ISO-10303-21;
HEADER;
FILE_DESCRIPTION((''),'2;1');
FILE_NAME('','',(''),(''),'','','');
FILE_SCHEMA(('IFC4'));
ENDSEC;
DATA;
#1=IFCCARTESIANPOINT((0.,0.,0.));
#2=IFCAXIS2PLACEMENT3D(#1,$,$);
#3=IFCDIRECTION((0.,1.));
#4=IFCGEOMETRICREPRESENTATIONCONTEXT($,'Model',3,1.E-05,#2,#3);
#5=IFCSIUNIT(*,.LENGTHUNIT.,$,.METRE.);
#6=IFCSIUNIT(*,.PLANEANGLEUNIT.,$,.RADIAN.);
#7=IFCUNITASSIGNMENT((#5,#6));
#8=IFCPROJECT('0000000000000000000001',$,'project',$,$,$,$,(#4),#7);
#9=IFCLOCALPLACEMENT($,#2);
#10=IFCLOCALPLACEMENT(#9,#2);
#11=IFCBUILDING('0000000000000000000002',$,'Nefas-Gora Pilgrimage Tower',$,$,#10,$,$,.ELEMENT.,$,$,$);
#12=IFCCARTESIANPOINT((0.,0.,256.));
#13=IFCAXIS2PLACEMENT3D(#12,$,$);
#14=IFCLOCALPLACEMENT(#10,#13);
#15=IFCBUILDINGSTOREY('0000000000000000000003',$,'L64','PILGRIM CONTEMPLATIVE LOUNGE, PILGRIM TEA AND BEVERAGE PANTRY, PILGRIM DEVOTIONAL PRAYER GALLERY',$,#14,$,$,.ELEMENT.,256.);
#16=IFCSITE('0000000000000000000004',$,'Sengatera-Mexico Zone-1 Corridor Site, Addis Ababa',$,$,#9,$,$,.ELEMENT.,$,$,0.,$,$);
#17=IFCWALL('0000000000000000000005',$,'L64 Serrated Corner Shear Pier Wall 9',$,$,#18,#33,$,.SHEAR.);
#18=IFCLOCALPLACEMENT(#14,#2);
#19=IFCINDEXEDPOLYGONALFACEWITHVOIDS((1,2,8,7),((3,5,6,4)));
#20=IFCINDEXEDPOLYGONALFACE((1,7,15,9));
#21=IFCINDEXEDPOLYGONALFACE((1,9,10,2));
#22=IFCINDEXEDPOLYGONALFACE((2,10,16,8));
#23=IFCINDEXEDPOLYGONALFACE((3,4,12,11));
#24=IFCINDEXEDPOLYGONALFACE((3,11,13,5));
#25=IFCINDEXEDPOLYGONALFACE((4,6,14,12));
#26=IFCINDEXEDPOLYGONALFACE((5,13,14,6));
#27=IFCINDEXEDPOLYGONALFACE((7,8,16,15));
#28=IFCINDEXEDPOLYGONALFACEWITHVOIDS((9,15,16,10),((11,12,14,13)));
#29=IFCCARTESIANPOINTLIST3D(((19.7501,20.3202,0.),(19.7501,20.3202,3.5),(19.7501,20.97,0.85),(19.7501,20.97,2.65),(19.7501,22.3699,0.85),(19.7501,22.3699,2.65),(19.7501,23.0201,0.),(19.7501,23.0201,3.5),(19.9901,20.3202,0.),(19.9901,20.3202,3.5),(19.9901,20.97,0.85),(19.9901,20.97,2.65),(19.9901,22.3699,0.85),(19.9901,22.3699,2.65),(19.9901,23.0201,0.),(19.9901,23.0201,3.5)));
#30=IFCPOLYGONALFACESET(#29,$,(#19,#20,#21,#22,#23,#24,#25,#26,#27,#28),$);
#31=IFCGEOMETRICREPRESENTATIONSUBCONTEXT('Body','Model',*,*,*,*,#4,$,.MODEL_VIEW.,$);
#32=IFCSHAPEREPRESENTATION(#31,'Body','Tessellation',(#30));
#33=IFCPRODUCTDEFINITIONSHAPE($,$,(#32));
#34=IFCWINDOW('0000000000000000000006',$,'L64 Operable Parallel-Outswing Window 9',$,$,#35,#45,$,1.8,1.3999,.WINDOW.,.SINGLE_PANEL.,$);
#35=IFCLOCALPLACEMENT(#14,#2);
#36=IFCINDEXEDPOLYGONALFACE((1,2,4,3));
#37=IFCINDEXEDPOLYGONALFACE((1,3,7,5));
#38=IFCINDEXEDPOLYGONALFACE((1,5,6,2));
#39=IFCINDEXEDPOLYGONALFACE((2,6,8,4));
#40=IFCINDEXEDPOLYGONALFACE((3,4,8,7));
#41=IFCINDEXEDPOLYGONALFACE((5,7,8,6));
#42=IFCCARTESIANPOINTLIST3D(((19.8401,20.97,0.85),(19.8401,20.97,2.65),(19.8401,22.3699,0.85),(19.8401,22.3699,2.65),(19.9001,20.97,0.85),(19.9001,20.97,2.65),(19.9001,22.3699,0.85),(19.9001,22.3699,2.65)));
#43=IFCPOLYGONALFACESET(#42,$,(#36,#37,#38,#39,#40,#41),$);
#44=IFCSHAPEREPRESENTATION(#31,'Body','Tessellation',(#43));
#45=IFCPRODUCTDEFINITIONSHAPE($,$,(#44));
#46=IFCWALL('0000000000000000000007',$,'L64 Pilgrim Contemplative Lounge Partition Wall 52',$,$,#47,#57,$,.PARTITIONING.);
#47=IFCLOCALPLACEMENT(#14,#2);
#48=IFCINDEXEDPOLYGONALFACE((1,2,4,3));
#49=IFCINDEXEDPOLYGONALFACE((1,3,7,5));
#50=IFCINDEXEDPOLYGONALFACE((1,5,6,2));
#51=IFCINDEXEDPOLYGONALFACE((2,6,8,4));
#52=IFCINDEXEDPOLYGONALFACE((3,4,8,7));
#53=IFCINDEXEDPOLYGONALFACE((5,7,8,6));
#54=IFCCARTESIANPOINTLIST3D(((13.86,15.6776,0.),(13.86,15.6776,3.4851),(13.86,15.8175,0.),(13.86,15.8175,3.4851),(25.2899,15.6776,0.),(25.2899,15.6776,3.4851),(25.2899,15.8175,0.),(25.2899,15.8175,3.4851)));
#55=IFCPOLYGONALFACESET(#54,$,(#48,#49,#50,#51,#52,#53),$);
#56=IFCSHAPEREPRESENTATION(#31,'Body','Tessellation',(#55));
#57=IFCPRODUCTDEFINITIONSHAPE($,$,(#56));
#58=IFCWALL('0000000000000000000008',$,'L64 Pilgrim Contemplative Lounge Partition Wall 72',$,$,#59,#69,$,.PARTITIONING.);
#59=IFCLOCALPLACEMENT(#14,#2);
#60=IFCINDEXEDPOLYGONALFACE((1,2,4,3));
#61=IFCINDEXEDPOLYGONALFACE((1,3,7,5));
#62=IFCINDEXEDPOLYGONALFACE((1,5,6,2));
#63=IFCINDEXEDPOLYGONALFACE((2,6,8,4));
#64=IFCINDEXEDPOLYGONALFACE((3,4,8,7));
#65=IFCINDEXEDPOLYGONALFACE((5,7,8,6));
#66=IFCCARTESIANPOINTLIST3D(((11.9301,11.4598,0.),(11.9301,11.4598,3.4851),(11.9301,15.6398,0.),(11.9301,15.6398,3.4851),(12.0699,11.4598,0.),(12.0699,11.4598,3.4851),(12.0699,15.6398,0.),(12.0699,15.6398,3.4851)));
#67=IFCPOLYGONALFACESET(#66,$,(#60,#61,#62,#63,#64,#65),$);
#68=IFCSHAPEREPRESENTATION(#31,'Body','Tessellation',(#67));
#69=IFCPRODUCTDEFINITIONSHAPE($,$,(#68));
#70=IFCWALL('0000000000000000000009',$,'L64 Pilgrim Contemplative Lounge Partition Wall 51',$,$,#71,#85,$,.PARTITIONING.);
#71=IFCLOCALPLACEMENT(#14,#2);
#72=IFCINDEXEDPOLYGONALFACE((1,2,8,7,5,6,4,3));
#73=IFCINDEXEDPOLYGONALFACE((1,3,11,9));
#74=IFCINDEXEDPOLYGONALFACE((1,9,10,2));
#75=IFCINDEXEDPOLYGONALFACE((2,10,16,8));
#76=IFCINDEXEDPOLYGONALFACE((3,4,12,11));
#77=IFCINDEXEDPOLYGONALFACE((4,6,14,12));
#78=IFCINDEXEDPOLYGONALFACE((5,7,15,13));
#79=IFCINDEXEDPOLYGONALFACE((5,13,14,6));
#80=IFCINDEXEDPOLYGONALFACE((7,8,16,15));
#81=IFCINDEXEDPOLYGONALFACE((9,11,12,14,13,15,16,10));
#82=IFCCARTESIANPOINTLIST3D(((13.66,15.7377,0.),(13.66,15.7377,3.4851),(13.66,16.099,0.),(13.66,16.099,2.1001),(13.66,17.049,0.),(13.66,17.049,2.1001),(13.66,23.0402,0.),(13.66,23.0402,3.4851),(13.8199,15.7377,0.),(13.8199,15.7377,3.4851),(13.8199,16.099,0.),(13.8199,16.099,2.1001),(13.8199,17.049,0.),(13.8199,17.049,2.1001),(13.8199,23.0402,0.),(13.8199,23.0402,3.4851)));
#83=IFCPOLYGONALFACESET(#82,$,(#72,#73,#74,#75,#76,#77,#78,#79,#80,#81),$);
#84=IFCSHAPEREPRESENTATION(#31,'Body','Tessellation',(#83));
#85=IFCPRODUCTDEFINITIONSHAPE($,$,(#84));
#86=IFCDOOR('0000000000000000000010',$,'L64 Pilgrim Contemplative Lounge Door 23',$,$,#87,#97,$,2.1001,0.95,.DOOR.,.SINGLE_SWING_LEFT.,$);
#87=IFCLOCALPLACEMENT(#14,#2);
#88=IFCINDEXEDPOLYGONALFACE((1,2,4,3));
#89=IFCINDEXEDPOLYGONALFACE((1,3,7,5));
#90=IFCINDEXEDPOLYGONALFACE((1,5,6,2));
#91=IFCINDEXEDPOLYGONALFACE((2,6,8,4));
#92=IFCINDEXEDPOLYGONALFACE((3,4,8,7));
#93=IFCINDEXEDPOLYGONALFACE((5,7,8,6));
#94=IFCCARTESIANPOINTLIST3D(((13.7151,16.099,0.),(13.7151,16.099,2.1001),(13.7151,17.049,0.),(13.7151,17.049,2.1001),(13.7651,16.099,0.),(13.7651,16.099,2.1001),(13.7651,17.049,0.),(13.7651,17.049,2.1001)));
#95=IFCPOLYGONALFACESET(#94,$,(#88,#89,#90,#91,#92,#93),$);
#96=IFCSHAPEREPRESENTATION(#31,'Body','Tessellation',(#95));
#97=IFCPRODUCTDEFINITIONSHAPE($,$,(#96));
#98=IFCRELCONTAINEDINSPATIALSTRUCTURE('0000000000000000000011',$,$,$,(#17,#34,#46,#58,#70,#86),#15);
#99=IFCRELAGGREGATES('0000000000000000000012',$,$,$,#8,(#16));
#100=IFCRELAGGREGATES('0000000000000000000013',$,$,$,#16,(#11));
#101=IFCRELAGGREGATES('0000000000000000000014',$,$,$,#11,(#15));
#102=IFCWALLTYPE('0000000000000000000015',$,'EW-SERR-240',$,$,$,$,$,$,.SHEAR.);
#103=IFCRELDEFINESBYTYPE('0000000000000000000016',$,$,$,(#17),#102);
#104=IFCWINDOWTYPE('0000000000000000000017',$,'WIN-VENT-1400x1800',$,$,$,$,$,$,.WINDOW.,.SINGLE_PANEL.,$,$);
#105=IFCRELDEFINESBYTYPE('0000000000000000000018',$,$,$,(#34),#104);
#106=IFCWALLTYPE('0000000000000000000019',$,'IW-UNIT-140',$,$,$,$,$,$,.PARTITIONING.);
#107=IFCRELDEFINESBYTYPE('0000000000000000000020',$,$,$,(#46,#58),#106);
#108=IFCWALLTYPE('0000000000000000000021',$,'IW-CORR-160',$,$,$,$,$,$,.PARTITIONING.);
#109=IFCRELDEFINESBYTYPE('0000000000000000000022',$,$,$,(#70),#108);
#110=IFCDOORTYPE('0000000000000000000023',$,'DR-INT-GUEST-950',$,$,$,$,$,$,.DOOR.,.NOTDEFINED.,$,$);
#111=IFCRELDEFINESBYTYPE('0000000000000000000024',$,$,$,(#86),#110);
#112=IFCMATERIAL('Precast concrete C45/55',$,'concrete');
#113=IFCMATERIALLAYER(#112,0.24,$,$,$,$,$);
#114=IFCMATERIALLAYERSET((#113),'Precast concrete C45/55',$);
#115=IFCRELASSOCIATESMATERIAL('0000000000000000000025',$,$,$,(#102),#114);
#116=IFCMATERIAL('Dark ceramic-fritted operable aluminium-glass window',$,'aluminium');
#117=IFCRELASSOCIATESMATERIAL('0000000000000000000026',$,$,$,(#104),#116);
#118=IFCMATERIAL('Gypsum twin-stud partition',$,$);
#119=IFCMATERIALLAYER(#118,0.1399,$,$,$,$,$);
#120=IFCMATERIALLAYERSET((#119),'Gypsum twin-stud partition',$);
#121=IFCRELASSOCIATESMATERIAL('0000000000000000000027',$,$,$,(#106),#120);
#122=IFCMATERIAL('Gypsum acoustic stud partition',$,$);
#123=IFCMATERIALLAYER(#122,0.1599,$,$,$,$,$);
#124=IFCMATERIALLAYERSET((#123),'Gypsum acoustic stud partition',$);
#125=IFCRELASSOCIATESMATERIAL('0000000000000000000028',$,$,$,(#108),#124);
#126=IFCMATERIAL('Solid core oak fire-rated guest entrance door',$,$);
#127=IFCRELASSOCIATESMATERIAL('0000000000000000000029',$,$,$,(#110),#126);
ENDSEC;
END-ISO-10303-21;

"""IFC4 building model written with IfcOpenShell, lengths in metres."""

from ifc_helpers import new_model, si_unit, direction, frame, frame_2d, origin, place, context, subcontext, project, spatial, rectangle, extrude, source, transform, mapped, material, layer, layer_set, type_object, element, fill, save


model = new_model("IFC4")

# Units and contexts
model_context = context("Model", 3, precision=1e-05, world=origin(), true_north=direction((0.0, 1.0)))
body_context = subcontext(model_context, "Body", "Model", "MODEL_VIEW")
ifc_project = project(units=[si_unit("LENGTHUNIT", "METRE"), si_unit("PLANEANGLEUNIT", "RADIAN")], contexts=[model_context])

# Site, building, storey
site_placement = place(None, origin())
site = spatial("IfcSite", under=ifc_project, at=site_placement, Name="Sengatera-Mexico Zone-1 Corridor Site, Addis Ababa", CompositionType="ELEMENT", RefElevation=0.0)
building_placement = place(site_placement, origin())
building = spatial("IfcBuilding", under=site, at=building_placement, Name="Nefas-Gora Pilgrimage Tower", CompositionType="ELEMENT")
storey_placement = place(building_placement, frame((0.0, 0.0, 256.0)))
storey = spatial("IfcBuildingStorey", under=building, at=storey_placement, Name="L64", Description="PILGRIM CONTEMPLATIVE LOUNGE, PILGRIM TEA AND BEVERAGE PANTRY, PILGRIM DEVOTIONAL PRAYER GALLERY", CompositionType="ELEMENT", Elevation=256.0)

# Shared definitions
ifc_material_1 = material(Name="Precast concrete C45/55", Category="concrete")
ifc_layer_1 = layer(ifc_material_1, 0.24)
ifc_layer_set_1 = layer_set([ifc_layer_1], Name="Precast concrete C45/55")
wall_type_1 = type_object("IfcWallType", Name="EW-SERR-240", PredefinedType="SHEAR", material=ifc_layer_set_1)
shared_shape_1 = source(origin(), body_context, "Body", "SweptSolid", [
    extrude(rectangle(XDim=2.7, YDim=0.24, at=frame_2d((1.3501, 0.0))), origin(), (0.0, 0.0, 1.0), 3.5),
])

# Wall, opening, window
wall_1_placement = place(storey_placement, frame((19.8701, 20.3201, 0.0), z_axis=(0.0, 0.0, 1.0), x_axis=(0.0, 1.0, 0.0)))
wall_1 = element("IfcWall", 1, at=wall_1_placement, inside=storey, type_object=wall_type_1, Name="L64 Serrated Corner Shear Pier Wall 9", PredefinedType="SHEAR", context=body_context, shape_type="MappedRepresentation", body=[
    mapped(shared_shape_1, transform((0.0, 0.0, 0.0), x_axis=(1.0, 0.0, 0.0), y_axis=(0.0, 1.0, 0.0), z_axis=(0.0, 0.0, 1.0), scale=1.0)),
])
opening_1_placement = place(wall_1_placement, frame((0.6499, 0.0, 0.8501)))
opening_1 = element("IfcOpeningElement", 2, at=opening_1_placement, cuts=wall_1, PredefinedType="OPENING", context=body_context, shape_type="SweptSolid", body=[
    extrude(rectangle(XDim=1.3999, YDim=1.8, at=frame_2d((0.7, 0.8999))), frame((0.0, 0.1299, 0.0), z_axis=(0.0, -1.0, 0.0), x_axis=(1.0, 0.0, 0.0)), (0.0, 0.0, 1.0), 0.26),
])
ifc_material_2 = material(Name="Dark ceramic-fritted operable aluminium-glass window", Category="aluminium")
window_type = type_object("IfcWindowType", Name="WIN-VENT-1400x1800", PartitioningType="SINGLE_PANEL", PredefinedType="WINDOW", material=ifc_material_2)
shared_shape_2 = source(origin(), body_context, "Body", "SweptSolid", [
    extrude(rectangle(XDim=1.3999, YDim=1.8, at=frame_2d((0.7, 0.8999))), frame((0.0, 0.03, 0.0), z_axis=(0.0, -1.0, 0.0), x_axis=(1.0, 0.0, 0.0)), (0.0, 0.0, 1.0), 0.0601),
])
window_placement = place(opening_1_placement, origin())
window = element("IfcWindow", 3, at=window_placement, inside=storey, type_object=window_type, Name="L64 Operable Parallel-Outswing Window 9", OverallHeight=1.8, OverallWidth=1.3999, PartitioningType="SINGLE_PANEL", PredefinedType="WINDOW", context=body_context, shape_type="MappedRepresentation", body=[
    mapped(shared_shape_2, transform((0.0, 0.0, 0.0), x_axis=(1.0, 0.0, 0.0), y_axis=(0.0, 1.0, 0.0), z_axis=(0.0, 0.0, 1.0), scale=1.0)),
])
fill(opening_1, window)

# Walls
ifc_material_3 = material(Name="Gypsum twin-stud partition")
ifc_layer_2 = layer(ifc_material_3, 0.1399)
ifc_layer_set_2 = layer_set([ifc_layer_2], Name="Gypsum twin-stud partition")
wall_type_2 = type_object("IfcWallType", Name="IW-UNIT-140", PredefinedType="PARTITIONING", material=ifc_layer_set_2)
shared_shape_3 = source(origin(), body_context, "Body", "SweptSolid", [
    extrude(rectangle(XDim=11.4299, YDim=0.1399, at=frame_2d((5.7148, 0.0))), origin(), (0.0, 0.0, 1.0), 3.4851),
])
wall_2_placement = place(storey_placement, frame((13.8601, 15.7476, 0.0), z_axis=(0.0, 0.0, 1.0), x_axis=(1.0, 0.0, 0.0)))
element("IfcWall", 4, at=wall_2_placement, inside=storey, type_object=wall_type_2, Name="L64 Pilgrim Contemplative Lounge Partition Wall 52", PredefinedType="PARTITIONING", context=body_context, shape_type="MappedRepresentation", body=[
    mapped(shared_shape_3, transform((0.0, 0.0, 0.0), x_axis=(1.0, 0.0, 0.0), y_axis=(0.0, 1.0, 0.0), z_axis=(0.0, 0.0, 1.0), scale=1.0)),
])
shared_shape_4 = source(origin(), body_context, "Body", "SweptSolid", [
    extrude(rectangle(XDim=4.1799, YDim=0.1399, at=frame_2d((2.0898, 0.0))), origin(), (0.0, 0.0, 1.0), 3.4851),
])
wall_3_placement = place(storey_placement, frame((12.0, 11.46, 0.0), z_axis=(0.0, 0.0, 1.0), x_axis=(0.0, 1.0, 0.0)))
element("IfcWall", 5, at=wall_3_placement, inside=storey, type_object=wall_type_2, Name="L64 Pilgrim Contemplative Lounge Partition Wall 72", PredefinedType="PARTITIONING", context=body_context, shape_type="MappedRepresentation", body=[
    mapped(shared_shape_4, transform((0.0, 0.0, 0.0), x_axis=(1.0, 0.0, 0.0), y_axis=(0.0, 1.0, 0.0), z_axis=(0.0, 0.0, 1.0), scale=1.0)),
])

# Wall, opening, door
ifc_material_4 = material(Name="Gypsum acoustic stud partition")
ifc_layer_3 = layer(ifc_material_4, 0.1599)
ifc_layer_set_3 = layer_set([ifc_layer_3], Name="Gypsum acoustic stud partition")
wall_type_3 = type_object("IfcWallType", Name="IW-CORR-160", PredefinedType="PARTITIONING", material=ifc_layer_set_3)
shared_shape_5 = source(origin(), body_context, "Body", "SweptSolid", [
    extrude(rectangle(XDim=7.3025, YDim=0.1599, at=frame_2d((3.6514, 0.0))), origin(), (0.0, 0.0, 1.0), 3.4851),
])
wall_4_placement = place(storey_placement, frame((13.74, 15.7375, 0.0), z_axis=(0.0, 0.0, 1.0), x_axis=(0.0, 1.0, 0.0)))
wall_4 = element("IfcWall", 6, at=wall_4_placement, inside=storey, type_object=wall_type_3, Name="L64 Pilgrim Contemplative Lounge Partition Wall 51", PredefinedType="PARTITIONING", context=body_context, shape_type="MappedRepresentation", body=[
    mapped(shared_shape_5, transform((0.0, 0.0, 0.0), x_axis=(1.0, 0.0, 0.0), y_axis=(0.0, 1.0, 0.0), z_axis=(0.0, 0.0, 1.0), scale=1.0)),
])
opening_2_placement = place(wall_4_placement, frame((0.3613, 0.0, 0.0)))
opening_2 = element("IfcOpeningElement", 7, at=opening_2_placement, cuts=wall_4, PredefinedType="OPENING", context=body_context, shape_type="SweptSolid", body=[
    extrude(rectangle(XDim=0.95, YDim=2.1001, at=frame_2d((0.4751, 1.05))), frame((0.0, 0.0898, 0.0), z_axis=(0.0, -1.0, 0.0), x_axis=(1.0, 0.0, 0.0)), (0.0, 0.0, 1.0), 0.1799),
])
ifc_material_5 = material(Name="Solid core oak fire-rated guest entrance door")
door_type = type_object("IfcDoorType", Name="DR-INT-GUEST-950", OperationType="NOTDEFINED", PredefinedType="DOOR", material=ifc_material_5)
shared_shape_6 = source(origin(), body_context, "Body", "SweptSolid", [
    extrude(rectangle(XDim=0.95, YDim=2.1001, at=frame_2d((0.4751, 1.05))), frame((0.0, 0.0249, 0.0), z_axis=(0.0, -1.0, 0.0), x_axis=(1.0, 0.0, 0.0)), (0.0, 0.0, 1.0), 0.05),
])
door_placement = place(opening_2_placement, origin())
door = element("IfcDoor", 8, at=door_placement, inside=storey, type_object=door_type, Name="L64 Pilgrim Contemplative Lounge Door 23", OperationType="SINGLE_SWING_LEFT", OverallHeight=2.1001, OverallWidth=0.95, PredefinedType="DOOR", context=body_context, shape_type="MappedRepresentation", body=[
    mapped(shared_shape_6, transform((0.0, 0.0, 0.0), x_axis=(1.0, 0.0, 0.0), y_axis=(0.0, 1.0, 0.0), z_axis=(0.0, 0.0, 1.0), scale=1.0)),
])
fill(opening_2, door)

save(model, "model.ifc")
